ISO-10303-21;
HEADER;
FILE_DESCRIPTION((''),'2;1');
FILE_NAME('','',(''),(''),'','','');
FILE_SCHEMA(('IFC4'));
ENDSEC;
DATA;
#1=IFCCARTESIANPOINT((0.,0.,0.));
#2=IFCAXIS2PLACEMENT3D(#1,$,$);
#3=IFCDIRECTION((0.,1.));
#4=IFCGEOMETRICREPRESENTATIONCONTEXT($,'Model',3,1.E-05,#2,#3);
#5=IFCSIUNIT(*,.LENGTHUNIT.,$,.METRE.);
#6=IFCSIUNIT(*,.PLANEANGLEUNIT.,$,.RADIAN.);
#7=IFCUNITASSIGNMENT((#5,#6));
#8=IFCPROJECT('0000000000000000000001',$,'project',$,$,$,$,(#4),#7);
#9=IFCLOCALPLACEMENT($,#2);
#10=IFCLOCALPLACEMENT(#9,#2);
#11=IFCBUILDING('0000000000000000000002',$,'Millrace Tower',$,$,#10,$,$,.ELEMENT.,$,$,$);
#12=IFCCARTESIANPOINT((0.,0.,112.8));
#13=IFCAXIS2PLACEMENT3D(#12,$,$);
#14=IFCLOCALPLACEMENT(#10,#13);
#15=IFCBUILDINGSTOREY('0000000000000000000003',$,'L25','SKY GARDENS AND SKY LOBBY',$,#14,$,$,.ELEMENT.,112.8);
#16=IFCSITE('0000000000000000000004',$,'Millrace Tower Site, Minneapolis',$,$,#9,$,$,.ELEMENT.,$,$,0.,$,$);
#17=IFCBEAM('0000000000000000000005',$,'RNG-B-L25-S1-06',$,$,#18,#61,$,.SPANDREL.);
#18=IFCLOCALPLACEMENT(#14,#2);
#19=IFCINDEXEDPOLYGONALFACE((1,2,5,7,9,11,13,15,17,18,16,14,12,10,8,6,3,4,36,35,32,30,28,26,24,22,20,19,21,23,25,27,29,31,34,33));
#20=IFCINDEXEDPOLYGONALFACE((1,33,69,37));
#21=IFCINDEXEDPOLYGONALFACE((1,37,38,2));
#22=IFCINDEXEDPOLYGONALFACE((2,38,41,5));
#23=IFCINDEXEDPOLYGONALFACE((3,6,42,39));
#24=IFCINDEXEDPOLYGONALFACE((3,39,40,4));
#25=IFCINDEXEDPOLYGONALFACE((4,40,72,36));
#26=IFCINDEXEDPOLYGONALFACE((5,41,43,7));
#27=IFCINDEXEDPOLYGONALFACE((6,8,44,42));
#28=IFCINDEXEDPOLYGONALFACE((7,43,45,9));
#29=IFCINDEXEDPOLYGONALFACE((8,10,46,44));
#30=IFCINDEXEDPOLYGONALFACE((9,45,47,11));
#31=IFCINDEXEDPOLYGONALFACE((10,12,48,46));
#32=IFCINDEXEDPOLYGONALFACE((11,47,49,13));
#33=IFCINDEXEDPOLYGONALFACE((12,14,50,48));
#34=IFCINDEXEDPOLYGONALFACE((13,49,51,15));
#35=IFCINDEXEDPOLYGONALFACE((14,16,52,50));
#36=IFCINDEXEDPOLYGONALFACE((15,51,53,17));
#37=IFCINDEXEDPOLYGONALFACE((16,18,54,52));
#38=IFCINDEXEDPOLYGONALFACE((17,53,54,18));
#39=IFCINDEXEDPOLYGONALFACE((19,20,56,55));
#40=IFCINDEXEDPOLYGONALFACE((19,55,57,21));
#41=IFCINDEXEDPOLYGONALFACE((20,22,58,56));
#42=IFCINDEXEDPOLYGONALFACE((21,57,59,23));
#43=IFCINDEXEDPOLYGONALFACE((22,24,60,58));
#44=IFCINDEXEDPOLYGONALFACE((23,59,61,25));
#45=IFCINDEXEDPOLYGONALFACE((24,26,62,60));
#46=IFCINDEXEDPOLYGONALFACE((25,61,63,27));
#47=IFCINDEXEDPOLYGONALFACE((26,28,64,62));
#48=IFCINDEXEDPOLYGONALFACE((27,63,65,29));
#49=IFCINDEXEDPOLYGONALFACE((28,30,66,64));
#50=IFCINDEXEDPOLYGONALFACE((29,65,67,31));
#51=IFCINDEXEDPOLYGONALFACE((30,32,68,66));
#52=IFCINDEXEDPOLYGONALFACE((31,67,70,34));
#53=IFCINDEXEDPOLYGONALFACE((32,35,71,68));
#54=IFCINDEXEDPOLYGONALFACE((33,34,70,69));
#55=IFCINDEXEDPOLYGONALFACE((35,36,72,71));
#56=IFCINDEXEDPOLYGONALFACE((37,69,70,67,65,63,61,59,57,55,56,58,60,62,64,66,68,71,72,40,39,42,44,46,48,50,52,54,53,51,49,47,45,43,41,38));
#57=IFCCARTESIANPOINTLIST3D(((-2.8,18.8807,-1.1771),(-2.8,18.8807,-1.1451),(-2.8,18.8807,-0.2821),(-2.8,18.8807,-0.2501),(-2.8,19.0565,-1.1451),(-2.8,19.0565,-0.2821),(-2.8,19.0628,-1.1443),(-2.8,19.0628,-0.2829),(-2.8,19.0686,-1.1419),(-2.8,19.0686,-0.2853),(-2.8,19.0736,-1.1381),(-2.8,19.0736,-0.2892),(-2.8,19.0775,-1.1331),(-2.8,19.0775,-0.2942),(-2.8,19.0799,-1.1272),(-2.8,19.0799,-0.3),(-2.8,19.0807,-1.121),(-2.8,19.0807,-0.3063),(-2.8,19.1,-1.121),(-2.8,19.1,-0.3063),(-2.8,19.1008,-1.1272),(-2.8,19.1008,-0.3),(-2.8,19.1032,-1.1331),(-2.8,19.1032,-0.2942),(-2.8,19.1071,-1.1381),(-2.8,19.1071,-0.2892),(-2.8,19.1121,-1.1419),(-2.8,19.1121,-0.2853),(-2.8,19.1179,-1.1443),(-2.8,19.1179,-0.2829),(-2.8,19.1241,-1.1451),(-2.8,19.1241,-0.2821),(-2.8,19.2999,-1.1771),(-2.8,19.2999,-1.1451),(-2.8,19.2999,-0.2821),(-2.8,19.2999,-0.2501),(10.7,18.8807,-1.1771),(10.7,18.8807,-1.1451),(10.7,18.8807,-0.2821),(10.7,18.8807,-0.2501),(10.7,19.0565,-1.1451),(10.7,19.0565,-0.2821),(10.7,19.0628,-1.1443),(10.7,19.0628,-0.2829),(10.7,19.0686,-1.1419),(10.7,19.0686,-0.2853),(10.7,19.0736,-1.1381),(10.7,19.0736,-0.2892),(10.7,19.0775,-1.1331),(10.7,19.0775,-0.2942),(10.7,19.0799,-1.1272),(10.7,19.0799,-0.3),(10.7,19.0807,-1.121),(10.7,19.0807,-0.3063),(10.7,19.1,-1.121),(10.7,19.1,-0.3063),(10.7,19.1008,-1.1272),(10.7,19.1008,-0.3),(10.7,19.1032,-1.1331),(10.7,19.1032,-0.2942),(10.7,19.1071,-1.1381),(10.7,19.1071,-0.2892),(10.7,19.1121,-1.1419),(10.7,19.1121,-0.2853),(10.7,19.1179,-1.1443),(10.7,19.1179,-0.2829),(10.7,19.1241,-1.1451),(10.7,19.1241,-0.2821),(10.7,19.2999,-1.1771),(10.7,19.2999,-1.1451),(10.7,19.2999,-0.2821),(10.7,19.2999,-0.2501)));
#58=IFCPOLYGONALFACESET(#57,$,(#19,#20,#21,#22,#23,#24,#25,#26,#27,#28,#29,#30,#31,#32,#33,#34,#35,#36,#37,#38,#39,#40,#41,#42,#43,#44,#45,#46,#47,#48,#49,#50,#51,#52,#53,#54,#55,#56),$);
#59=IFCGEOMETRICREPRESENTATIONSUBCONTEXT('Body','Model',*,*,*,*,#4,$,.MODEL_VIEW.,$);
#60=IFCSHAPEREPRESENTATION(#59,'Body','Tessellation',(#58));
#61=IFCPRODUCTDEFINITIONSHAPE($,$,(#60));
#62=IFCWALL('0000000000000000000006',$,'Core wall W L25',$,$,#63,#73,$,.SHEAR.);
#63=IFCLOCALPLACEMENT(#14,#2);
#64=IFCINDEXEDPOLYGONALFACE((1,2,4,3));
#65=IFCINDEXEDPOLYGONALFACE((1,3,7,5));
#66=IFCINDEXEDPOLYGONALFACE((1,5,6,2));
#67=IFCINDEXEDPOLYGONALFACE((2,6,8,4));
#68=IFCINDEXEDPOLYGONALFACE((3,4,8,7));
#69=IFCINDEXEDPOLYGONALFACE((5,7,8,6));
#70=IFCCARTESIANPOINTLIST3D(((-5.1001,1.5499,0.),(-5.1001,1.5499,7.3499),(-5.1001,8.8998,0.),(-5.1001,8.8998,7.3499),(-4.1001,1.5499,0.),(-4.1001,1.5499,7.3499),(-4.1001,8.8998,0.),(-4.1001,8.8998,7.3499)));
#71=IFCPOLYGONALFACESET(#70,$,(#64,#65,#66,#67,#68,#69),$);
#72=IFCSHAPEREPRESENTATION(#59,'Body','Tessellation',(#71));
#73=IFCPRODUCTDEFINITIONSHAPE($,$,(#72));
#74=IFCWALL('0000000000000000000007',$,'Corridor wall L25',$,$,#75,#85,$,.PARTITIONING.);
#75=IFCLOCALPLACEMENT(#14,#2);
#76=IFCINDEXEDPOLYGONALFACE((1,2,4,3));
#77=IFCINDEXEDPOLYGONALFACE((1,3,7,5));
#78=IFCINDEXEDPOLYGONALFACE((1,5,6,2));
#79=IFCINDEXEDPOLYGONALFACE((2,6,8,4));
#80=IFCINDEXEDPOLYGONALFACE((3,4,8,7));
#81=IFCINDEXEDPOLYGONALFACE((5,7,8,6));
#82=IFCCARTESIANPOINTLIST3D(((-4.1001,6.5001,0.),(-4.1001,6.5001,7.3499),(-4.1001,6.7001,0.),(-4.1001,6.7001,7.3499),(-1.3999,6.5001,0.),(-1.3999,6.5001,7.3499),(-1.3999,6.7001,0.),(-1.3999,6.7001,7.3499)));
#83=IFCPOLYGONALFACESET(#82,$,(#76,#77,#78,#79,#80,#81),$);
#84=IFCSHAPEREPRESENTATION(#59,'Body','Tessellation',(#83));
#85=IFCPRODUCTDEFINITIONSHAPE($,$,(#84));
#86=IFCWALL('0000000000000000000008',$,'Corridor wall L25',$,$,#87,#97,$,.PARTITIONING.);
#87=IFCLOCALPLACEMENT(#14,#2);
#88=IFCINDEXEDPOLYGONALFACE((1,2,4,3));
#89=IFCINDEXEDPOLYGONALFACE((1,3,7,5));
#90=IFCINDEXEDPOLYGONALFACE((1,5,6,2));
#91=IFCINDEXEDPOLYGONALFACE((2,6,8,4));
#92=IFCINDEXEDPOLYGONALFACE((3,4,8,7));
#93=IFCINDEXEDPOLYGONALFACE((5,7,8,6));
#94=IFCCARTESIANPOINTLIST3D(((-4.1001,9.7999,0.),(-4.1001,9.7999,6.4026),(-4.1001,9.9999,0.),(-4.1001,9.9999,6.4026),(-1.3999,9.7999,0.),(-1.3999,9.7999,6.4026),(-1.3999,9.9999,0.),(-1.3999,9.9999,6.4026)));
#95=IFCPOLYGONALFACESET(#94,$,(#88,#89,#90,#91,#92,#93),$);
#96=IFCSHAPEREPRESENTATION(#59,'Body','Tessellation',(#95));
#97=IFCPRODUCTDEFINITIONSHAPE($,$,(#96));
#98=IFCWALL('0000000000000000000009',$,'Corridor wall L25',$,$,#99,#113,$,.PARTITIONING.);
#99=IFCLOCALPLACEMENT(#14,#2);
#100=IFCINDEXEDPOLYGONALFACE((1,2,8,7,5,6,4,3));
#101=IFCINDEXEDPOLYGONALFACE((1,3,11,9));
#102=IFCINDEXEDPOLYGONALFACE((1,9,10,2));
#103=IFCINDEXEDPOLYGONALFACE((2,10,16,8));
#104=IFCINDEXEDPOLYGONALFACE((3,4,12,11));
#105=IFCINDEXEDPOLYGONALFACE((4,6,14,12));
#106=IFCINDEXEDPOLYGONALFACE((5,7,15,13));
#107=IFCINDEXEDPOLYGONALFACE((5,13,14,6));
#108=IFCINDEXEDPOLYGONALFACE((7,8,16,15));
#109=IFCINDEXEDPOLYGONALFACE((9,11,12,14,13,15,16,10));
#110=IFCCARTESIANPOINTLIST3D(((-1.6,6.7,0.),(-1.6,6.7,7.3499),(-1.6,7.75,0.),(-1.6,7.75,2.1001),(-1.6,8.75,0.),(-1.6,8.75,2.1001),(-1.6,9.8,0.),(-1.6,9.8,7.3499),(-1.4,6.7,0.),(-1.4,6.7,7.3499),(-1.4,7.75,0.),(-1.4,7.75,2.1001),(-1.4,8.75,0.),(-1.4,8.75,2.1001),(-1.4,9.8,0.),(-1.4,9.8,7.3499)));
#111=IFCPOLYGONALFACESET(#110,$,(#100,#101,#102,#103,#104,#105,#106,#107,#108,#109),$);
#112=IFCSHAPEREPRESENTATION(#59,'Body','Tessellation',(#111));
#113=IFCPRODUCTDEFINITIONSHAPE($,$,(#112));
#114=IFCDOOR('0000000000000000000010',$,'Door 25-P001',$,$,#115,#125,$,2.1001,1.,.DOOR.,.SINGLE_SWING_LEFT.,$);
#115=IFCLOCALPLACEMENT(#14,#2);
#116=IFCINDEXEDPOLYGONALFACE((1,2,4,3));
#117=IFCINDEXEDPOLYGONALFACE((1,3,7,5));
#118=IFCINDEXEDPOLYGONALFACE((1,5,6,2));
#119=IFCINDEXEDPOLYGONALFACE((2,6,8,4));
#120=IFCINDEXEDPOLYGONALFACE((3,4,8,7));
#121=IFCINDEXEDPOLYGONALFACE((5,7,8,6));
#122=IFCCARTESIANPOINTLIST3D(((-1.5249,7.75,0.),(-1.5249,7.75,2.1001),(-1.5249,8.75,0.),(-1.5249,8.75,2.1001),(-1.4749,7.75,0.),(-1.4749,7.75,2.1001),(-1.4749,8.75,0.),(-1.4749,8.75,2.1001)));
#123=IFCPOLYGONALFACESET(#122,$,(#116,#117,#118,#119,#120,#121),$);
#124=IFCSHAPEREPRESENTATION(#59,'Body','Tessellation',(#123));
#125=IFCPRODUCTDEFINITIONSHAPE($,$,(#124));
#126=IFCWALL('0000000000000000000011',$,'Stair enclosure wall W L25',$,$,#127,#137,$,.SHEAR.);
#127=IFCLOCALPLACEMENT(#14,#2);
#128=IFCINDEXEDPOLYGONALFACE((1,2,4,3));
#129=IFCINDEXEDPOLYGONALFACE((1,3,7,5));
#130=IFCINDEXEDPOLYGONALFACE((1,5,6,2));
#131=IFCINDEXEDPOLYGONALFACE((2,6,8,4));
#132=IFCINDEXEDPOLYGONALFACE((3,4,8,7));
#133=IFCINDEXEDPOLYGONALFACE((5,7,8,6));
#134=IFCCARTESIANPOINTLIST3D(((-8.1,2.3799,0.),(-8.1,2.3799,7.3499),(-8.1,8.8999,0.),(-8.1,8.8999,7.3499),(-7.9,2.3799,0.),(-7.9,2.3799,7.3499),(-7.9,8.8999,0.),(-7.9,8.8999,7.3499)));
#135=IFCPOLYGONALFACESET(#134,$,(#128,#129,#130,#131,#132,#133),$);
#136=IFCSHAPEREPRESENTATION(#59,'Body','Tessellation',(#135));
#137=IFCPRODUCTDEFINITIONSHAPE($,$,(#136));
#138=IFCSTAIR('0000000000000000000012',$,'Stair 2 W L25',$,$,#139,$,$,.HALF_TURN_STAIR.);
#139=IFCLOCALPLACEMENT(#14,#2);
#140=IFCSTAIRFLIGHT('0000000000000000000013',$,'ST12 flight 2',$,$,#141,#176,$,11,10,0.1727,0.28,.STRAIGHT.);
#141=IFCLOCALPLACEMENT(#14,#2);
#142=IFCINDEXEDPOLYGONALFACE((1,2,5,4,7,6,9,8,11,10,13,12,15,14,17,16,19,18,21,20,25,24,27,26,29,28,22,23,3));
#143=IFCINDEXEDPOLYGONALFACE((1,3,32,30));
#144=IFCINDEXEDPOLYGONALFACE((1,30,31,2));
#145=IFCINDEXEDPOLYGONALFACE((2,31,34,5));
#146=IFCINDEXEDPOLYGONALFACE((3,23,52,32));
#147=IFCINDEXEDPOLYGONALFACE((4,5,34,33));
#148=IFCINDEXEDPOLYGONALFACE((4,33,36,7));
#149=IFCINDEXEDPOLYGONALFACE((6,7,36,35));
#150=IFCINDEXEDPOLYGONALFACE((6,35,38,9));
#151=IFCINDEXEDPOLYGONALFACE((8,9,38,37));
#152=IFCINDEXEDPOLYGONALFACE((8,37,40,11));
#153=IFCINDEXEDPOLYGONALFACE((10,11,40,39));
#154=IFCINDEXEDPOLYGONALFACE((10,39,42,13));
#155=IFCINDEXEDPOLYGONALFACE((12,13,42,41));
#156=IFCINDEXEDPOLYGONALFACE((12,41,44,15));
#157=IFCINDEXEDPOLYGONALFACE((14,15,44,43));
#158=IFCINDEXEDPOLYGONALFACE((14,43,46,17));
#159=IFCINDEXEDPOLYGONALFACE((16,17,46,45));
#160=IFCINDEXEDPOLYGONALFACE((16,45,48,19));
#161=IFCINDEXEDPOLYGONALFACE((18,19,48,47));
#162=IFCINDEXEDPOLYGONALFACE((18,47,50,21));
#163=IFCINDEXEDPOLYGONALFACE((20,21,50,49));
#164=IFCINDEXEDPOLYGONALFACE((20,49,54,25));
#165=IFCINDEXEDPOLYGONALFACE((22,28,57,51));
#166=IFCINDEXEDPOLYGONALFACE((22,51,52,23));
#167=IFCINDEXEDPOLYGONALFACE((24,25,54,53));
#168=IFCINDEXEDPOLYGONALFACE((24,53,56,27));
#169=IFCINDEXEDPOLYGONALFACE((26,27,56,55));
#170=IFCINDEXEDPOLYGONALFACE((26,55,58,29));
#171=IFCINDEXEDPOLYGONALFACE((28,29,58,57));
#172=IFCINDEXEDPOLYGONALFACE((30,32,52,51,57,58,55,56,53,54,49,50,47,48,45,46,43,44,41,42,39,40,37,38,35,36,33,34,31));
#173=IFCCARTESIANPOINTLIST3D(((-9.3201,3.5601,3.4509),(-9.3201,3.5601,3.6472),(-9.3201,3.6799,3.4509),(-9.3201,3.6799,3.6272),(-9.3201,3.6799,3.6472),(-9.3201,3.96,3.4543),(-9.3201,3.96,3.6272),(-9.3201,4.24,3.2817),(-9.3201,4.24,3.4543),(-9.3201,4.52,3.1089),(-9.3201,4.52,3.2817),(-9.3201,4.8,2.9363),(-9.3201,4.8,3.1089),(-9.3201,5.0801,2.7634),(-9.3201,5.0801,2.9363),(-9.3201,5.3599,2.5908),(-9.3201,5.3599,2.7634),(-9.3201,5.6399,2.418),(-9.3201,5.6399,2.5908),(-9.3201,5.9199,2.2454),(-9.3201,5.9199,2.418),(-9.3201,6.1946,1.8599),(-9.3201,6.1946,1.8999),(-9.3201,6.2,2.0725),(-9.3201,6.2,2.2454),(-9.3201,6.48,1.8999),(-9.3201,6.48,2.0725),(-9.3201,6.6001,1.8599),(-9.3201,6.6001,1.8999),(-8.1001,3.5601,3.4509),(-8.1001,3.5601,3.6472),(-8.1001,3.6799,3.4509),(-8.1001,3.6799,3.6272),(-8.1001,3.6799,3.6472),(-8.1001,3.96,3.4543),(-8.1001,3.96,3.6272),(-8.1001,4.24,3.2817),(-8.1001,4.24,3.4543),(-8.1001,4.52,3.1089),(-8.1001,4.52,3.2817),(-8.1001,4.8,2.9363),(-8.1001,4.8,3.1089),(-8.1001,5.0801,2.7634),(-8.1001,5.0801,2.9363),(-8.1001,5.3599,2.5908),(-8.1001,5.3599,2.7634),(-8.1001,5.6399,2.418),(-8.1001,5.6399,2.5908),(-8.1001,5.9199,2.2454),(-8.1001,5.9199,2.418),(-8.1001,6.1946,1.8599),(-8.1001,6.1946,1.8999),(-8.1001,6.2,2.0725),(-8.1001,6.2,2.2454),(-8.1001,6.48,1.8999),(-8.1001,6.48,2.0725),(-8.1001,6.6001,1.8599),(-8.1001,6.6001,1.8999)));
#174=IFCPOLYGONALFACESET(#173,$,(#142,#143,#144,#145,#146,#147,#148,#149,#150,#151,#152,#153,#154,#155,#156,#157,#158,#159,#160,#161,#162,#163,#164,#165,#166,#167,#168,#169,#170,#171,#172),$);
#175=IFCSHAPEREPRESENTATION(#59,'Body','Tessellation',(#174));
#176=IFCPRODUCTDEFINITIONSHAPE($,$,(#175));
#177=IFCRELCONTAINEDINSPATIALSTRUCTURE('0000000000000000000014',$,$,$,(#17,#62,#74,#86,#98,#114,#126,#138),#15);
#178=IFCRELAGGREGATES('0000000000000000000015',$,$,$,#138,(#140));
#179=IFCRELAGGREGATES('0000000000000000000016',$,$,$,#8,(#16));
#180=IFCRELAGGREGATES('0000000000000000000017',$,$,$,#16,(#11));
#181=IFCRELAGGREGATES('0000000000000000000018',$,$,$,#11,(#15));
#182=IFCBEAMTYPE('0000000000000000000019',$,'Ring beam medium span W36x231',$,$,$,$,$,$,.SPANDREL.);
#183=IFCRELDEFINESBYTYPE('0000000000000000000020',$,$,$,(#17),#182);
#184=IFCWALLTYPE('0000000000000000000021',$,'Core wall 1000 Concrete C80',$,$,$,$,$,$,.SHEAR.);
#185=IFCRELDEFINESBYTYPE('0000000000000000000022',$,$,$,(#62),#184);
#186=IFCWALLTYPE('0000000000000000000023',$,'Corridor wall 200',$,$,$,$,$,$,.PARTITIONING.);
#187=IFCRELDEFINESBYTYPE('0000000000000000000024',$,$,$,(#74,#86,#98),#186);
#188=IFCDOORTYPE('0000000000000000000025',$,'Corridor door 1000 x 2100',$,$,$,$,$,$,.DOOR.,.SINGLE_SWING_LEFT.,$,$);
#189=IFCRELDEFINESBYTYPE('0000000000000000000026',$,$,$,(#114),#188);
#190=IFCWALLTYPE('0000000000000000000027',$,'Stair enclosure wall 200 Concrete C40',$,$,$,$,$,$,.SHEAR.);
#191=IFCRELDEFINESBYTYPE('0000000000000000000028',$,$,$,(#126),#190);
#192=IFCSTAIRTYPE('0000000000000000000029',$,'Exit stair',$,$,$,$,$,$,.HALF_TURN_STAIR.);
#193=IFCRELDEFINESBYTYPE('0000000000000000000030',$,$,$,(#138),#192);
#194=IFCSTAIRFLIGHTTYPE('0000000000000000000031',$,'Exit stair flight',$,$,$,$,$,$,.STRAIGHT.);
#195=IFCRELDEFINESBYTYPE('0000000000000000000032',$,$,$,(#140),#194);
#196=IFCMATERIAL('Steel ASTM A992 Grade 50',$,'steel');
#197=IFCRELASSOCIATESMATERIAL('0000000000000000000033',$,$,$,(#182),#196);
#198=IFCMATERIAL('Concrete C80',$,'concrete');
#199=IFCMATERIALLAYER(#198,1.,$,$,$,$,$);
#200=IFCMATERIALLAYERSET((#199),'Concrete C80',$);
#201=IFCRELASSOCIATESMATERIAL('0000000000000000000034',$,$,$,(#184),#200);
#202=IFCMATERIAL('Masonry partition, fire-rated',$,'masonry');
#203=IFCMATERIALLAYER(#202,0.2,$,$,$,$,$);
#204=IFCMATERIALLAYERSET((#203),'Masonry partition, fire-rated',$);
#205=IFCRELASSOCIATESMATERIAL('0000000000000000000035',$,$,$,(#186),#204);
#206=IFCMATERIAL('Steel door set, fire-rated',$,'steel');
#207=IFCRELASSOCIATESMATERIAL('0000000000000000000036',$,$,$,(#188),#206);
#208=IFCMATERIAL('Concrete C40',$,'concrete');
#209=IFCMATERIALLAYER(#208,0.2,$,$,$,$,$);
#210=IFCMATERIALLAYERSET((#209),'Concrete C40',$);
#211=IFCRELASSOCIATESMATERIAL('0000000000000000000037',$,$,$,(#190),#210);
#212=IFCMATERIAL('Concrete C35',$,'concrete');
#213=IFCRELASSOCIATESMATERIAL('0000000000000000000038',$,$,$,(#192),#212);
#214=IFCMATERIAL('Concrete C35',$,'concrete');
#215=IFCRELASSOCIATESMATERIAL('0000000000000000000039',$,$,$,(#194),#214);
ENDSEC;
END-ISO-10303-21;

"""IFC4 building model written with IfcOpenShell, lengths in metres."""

from ifc_helpers import new_model, si_unit, direction, frame, frame_2d, origin, origin_2d, place, context, subcontext, project, spatial, polyline, rectangle, i_section, outline, extrude, material, layer, layer_set, material_profile, profile_set, type_object, element, fill, aggregate, save


model = new_model("IFC4")

# Units and contexts
model_context = context("Model", 3, precision=1e-05, world=origin(), true_north=direction((0.0, 1.0)))
body_context = subcontext(model_context, "Body", "Model", "MODEL_VIEW")
ifc_project = project(units=[si_unit("LENGTHUNIT", "METRE"), si_unit("PLANEANGLEUNIT", "RADIAN")], contexts=[model_context])

# Site, building, storey
site_placement = place(None, origin())
site = spatial("IfcSite", under=ifc_project, at=site_placement, Name="Millrace Tower Site, Minneapolis", CompositionType="ELEMENT", RefElevation=0.0)
building_placement = place(site_placement, origin())
building = spatial("IfcBuilding", under=site, at=building_placement, Name="Millrace Tower", CompositionType="ELEMENT")
storey_placement = place(building_placement, frame((0.0, 0.0, 112.8)))
storey = spatial("IfcBuildingStorey", under=building, at=storey_placement, Name="L25", Description="SKY GARDENS AND SKY LOBBY", CompositionType="ELEMENT", Elevation=112.8)

# Shared definitions
placement = place(storey_placement, origin())

# Beam
ifc_material_1 = material(Name="Steel ASTM A992 Grade 50", Category="steel")
ifc_material_profile_1 = material_profile(ifc_material_1, i_section(OverallWidth=0.4192, OverallDepth=0.927, WebThickness=0.0193, FlangeThickness=0.032, FilletRadius=0.0242, at=origin_2d()))
ifc_profile_set_1 = profile_set([ifc_material_profile_1], Name="Steel ASTM A992 Grade 50")
beam_type_1 = type_object("IfcBeamType", Name="Ring beam medium span W36x231", PredefinedType="SPANDREL", material=ifc_profile_set_1)
beam_1_placement = place(storey_placement, frame((-2.8, 19.0903, -0.7136), z_axis=(1.0, 0.0, 0.0), x_axis=(0.0, 1.0, 0.0)))
element("IfcBeam", 1, at=beam_1_placement, inside=storey, type_object=beam_type_1, Name="RNG-B-L25-S1-06", PredefinedType="SPANDREL", context=body_context, shape_type="SweptSolid", body=[
    extrude(i_section(OverallWidth=0.4192, OverallDepth=0.927, WebThickness=0.0193, FlangeThickness=0.032, FilletRadius=0.0242, at=origin_2d()), origin(), (0.0, 0.0, 1.0), 13.5),
])

# Walls
ifc_material_2 = material(Name="Concrete C80", Category="concrete")
ifc_layer_1 = layer(ifc_material_2, 1.0)
ifc_layer_set_1 = layer_set([ifc_layer_1], Name="Concrete C80")
wall_type_1 = type_object("IfcWallType", Name="Core wall 1000 Concrete C80", PredefinedType="SHEAR", material=ifc_layer_set_1)
wall_1_placement = place(storey_placement, frame((-4.6001, 1.55, 0.0), z_axis=(0.0, 0.0, 1.0), x_axis=(0.0, 1.0, 0.0)))
element("IfcWall", 2, at=wall_1_placement, inside=storey, type_object=wall_type_1, Name="Core wall W L25", PredefinedType="SHEAR", context=body_context, shape_type="SweptSolid", body=[
    extrude(rectangle(XDim=7.3499, YDim=1.0, at=frame_2d((3.6748, 0.0))), origin(), (0.0, 0.0, 1.0), 7.3499),
])
ifc_material_3 = material(Name="Masonry partition, fire-rated", Category="masonry")
ifc_layer_2 = layer(ifc_material_3, 0.2)
ifc_layer_set_2 = layer_set([ifc_layer_2], Name="Masonry partition, fire-rated")
wall_type_2 = type_object("IfcWallType", Name="Corridor wall 200", PredefinedType="PARTITIONING", material=ifc_layer_set_2)
wall_2_placement = place(storey_placement, frame((-4.1001, 6.6001, 0.0), z_axis=(0.0, 0.0, 1.0), x_axis=(1.0, 0.0, 0.0)))
element("IfcWall", 3, at=wall_2_placement, inside=storey, type_object=wall_type_2, Name="Corridor wall L25", PredefinedType="PARTITIONING", context=body_context, shape_type="SweptSolid", body=[
    extrude(rectangle(XDim=2.7002, YDim=0.2, at=frame_2d((1.3501, 0.0))), origin(), (0.0, 0.0, 1.0), 7.3499),
])
wall_3_placement = place(storey_placement, frame((-4.1001, 9.8999, 0.0), z_axis=(0.0, 0.0, 1.0), x_axis=(1.0, 0.0, 0.0)))
element("IfcWall", 4, at=wall_3_placement, inside=storey, type_object=wall_type_2, Name="Corridor wall L25", PredefinedType="PARTITIONING", context=body_context, shape_type="SweptSolid", body=[
    extrude(rectangle(XDim=2.7002, YDim=0.2, at=frame_2d((1.3501, 0.0))), origin(), (0.0, 0.0, 1.0), 6.4026),
])

# Wall, opening, door
wall_4_placement = place(storey_placement, frame((-1.5, 6.7, 0.0), z_axis=(0.0, 0.0, 1.0), x_axis=(0.0, 1.0, 0.0)))
wall_4 = element("IfcWall", 5, at=wall_4_placement, inside=storey, type_object=wall_type_2, Name="Corridor wall L25", PredefinedType="PARTITIONING", context=body_context, shape_type="SweptSolid", body=[
    extrude(rectangle(XDim=3.1001, YDim=0.2, at=frame_2d((1.55, 0.0))), origin(), (0.0, 0.0, 1.0), 7.3499),
])
opening_placement = place(wall_4_placement, frame((1.05, 0.0, 0.0)))
opening = element("IfcOpeningElement", 6, at=opening_placement, cuts=wall_4, PredefinedType="OPENING", context=body_context, shape_type="SweptSolid", body=[
    extrude(rectangle(XDim=1.0, YDim=2.1001, at=frame_2d((0.5, 1.05))), frame((0.0, 0.1099, 0.0), z_axis=(0.0, -1.0, 0.0), x_axis=(1.0, 0.0, 0.0)), (0.0, 0.0, 1.0), 0.22),
])
ifc_material_4 = material(Name="Steel door set, fire-rated", Category="steel")
door_type = type_object("IfcDoorType", Name="Corridor door 1000 x 2100", OperationType="SINGLE_SWING_LEFT", PredefinedType="DOOR", material=ifc_material_4)
door_placement = place(opening_placement, origin())
door = element("IfcDoor", 7, at=door_placement, inside=storey, type_object=door_type, Name="Door 25-P001", OperationType="SINGLE_SWING_LEFT", OverallHeight=2.1001, OverallWidth=1.0, PredefinedType="DOOR", context=body_context, shape_type="SweptSolid", body=[
    extrude(rectangle(XDim=1.0, YDim=2.1001, at=frame_2d((0.5, 1.05))), frame((0.0, 0.0249, 0.0), z_axis=(0.0, -1.0, 0.0), x_axis=(1.0, 0.0, 0.0)), (0.0, 0.0, 1.0), 0.05),
])
fill(opening, door)

# Wall
ifc_material_5 = material(Name="Concrete C40", Category="concrete")
ifc_layer_3 = layer(ifc_material_5, 0.2)
ifc_layer_set_3 = layer_set([ifc_layer_3], Name="Concrete C40")
wall_type_3 = type_object("IfcWallType", Name="Stair enclosure wall 200 Concrete C40", PredefinedType="SHEAR", material=ifc_layer_set_3)
wall_5_placement = place(storey_placement, frame((-8.0, 2.3799, 0.0), z_axis=(0.0, 0.0, 1.0), x_axis=(0.0, 1.0, 0.0)))
element("IfcWall", 8, at=wall_5_placement, inside=storey, type_object=wall_type_3, Name="Stair enclosure wall W L25", PredefinedType="SHEAR", context=body_context, shape_type="SweptSolid", body=[
    extrude(rectangle(XDim=6.52, YDim=0.2, at=frame_2d((3.26, 0.0))), origin(), (0.0, 0.0, 1.0), 7.3499),
])

# Stair, stair flight
ifc_material_6 = material(Name="Concrete C35", Category="concrete")
stair_type = type_object("IfcStairType", Name="Exit stair", PredefinedType="HALF_TURN_STAIR", material=ifc_material_6)
stair_1 = element("IfcStair", 9, at=placement, inside=storey, type_object=stair_type, Name="Stair 2 W L25", PredefinedType="HALF_TURN_STAIR")
ifc_material_7 = material(Name="Concrete C35", Category="concrete")
stair_flight_type = type_object("IfcStairFlightType", Name="Exit stair flight", PredefinedType="STRAIGHT", material=ifc_material_7)
stair_flight_1_placement = place(storey_placement, frame((-8.71, 6.48, 1.8999), z_axis=(0.0, 0.0, 1.0), x_axis=(0.0, -1.0, 0.0)))
stair_flight_1 = element("IfcStairFlight", 10, at=stair_flight_1_placement, type_object=stair_flight_type, Name="ST12 flight 2", NumberOfRisers=11, NumberOfTreads=10, PredefinedType="STRAIGHT", RiserHeight=0.1727, TreadLength=0.28, context=body_context, shape_type="SweptSolid", body=[
    extrude(outline(polyline([(-0.1201, -0.04), (-0.1201, 0.0), (0.0, 0.0), (0.0, 0.1726), (0.28, 0.1726), (0.28, 0.3455), (0.5601, 0.3455), (0.5601, 0.5181), (0.8401, 0.5181), (0.8401, 0.6909), (1.1201, 0.6909), (1.1201, 0.8635), (1.3999, 0.8635), (1.3999, 1.0364), (1.6799, 1.0364), (1.6799, 1.209), (1.96, 1.209), (1.96, 1.3818), (2.24, 1.3818), (2.24, 1.5544), (2.52, 1.5544), (2.52, 1.7273), (2.8, 1.7273), (2.8, 1.7473), (2.9199, 1.7473), (2.9199, 1.551), (2.8, 1.551), (0.2854, 0.0), (0.2854, -0.04), (-0.1201, -0.04)])), frame((0.0, 0.6099, 0.0), z_axis=(0.0, -1.0, 0.0), x_axis=(1.0, 0.0, 0.0)), (0.0, 0.0, 1.0), 1.22),
])
aggregate(stair_1, [stair_flight_1])

save(model, "model.ifc")
